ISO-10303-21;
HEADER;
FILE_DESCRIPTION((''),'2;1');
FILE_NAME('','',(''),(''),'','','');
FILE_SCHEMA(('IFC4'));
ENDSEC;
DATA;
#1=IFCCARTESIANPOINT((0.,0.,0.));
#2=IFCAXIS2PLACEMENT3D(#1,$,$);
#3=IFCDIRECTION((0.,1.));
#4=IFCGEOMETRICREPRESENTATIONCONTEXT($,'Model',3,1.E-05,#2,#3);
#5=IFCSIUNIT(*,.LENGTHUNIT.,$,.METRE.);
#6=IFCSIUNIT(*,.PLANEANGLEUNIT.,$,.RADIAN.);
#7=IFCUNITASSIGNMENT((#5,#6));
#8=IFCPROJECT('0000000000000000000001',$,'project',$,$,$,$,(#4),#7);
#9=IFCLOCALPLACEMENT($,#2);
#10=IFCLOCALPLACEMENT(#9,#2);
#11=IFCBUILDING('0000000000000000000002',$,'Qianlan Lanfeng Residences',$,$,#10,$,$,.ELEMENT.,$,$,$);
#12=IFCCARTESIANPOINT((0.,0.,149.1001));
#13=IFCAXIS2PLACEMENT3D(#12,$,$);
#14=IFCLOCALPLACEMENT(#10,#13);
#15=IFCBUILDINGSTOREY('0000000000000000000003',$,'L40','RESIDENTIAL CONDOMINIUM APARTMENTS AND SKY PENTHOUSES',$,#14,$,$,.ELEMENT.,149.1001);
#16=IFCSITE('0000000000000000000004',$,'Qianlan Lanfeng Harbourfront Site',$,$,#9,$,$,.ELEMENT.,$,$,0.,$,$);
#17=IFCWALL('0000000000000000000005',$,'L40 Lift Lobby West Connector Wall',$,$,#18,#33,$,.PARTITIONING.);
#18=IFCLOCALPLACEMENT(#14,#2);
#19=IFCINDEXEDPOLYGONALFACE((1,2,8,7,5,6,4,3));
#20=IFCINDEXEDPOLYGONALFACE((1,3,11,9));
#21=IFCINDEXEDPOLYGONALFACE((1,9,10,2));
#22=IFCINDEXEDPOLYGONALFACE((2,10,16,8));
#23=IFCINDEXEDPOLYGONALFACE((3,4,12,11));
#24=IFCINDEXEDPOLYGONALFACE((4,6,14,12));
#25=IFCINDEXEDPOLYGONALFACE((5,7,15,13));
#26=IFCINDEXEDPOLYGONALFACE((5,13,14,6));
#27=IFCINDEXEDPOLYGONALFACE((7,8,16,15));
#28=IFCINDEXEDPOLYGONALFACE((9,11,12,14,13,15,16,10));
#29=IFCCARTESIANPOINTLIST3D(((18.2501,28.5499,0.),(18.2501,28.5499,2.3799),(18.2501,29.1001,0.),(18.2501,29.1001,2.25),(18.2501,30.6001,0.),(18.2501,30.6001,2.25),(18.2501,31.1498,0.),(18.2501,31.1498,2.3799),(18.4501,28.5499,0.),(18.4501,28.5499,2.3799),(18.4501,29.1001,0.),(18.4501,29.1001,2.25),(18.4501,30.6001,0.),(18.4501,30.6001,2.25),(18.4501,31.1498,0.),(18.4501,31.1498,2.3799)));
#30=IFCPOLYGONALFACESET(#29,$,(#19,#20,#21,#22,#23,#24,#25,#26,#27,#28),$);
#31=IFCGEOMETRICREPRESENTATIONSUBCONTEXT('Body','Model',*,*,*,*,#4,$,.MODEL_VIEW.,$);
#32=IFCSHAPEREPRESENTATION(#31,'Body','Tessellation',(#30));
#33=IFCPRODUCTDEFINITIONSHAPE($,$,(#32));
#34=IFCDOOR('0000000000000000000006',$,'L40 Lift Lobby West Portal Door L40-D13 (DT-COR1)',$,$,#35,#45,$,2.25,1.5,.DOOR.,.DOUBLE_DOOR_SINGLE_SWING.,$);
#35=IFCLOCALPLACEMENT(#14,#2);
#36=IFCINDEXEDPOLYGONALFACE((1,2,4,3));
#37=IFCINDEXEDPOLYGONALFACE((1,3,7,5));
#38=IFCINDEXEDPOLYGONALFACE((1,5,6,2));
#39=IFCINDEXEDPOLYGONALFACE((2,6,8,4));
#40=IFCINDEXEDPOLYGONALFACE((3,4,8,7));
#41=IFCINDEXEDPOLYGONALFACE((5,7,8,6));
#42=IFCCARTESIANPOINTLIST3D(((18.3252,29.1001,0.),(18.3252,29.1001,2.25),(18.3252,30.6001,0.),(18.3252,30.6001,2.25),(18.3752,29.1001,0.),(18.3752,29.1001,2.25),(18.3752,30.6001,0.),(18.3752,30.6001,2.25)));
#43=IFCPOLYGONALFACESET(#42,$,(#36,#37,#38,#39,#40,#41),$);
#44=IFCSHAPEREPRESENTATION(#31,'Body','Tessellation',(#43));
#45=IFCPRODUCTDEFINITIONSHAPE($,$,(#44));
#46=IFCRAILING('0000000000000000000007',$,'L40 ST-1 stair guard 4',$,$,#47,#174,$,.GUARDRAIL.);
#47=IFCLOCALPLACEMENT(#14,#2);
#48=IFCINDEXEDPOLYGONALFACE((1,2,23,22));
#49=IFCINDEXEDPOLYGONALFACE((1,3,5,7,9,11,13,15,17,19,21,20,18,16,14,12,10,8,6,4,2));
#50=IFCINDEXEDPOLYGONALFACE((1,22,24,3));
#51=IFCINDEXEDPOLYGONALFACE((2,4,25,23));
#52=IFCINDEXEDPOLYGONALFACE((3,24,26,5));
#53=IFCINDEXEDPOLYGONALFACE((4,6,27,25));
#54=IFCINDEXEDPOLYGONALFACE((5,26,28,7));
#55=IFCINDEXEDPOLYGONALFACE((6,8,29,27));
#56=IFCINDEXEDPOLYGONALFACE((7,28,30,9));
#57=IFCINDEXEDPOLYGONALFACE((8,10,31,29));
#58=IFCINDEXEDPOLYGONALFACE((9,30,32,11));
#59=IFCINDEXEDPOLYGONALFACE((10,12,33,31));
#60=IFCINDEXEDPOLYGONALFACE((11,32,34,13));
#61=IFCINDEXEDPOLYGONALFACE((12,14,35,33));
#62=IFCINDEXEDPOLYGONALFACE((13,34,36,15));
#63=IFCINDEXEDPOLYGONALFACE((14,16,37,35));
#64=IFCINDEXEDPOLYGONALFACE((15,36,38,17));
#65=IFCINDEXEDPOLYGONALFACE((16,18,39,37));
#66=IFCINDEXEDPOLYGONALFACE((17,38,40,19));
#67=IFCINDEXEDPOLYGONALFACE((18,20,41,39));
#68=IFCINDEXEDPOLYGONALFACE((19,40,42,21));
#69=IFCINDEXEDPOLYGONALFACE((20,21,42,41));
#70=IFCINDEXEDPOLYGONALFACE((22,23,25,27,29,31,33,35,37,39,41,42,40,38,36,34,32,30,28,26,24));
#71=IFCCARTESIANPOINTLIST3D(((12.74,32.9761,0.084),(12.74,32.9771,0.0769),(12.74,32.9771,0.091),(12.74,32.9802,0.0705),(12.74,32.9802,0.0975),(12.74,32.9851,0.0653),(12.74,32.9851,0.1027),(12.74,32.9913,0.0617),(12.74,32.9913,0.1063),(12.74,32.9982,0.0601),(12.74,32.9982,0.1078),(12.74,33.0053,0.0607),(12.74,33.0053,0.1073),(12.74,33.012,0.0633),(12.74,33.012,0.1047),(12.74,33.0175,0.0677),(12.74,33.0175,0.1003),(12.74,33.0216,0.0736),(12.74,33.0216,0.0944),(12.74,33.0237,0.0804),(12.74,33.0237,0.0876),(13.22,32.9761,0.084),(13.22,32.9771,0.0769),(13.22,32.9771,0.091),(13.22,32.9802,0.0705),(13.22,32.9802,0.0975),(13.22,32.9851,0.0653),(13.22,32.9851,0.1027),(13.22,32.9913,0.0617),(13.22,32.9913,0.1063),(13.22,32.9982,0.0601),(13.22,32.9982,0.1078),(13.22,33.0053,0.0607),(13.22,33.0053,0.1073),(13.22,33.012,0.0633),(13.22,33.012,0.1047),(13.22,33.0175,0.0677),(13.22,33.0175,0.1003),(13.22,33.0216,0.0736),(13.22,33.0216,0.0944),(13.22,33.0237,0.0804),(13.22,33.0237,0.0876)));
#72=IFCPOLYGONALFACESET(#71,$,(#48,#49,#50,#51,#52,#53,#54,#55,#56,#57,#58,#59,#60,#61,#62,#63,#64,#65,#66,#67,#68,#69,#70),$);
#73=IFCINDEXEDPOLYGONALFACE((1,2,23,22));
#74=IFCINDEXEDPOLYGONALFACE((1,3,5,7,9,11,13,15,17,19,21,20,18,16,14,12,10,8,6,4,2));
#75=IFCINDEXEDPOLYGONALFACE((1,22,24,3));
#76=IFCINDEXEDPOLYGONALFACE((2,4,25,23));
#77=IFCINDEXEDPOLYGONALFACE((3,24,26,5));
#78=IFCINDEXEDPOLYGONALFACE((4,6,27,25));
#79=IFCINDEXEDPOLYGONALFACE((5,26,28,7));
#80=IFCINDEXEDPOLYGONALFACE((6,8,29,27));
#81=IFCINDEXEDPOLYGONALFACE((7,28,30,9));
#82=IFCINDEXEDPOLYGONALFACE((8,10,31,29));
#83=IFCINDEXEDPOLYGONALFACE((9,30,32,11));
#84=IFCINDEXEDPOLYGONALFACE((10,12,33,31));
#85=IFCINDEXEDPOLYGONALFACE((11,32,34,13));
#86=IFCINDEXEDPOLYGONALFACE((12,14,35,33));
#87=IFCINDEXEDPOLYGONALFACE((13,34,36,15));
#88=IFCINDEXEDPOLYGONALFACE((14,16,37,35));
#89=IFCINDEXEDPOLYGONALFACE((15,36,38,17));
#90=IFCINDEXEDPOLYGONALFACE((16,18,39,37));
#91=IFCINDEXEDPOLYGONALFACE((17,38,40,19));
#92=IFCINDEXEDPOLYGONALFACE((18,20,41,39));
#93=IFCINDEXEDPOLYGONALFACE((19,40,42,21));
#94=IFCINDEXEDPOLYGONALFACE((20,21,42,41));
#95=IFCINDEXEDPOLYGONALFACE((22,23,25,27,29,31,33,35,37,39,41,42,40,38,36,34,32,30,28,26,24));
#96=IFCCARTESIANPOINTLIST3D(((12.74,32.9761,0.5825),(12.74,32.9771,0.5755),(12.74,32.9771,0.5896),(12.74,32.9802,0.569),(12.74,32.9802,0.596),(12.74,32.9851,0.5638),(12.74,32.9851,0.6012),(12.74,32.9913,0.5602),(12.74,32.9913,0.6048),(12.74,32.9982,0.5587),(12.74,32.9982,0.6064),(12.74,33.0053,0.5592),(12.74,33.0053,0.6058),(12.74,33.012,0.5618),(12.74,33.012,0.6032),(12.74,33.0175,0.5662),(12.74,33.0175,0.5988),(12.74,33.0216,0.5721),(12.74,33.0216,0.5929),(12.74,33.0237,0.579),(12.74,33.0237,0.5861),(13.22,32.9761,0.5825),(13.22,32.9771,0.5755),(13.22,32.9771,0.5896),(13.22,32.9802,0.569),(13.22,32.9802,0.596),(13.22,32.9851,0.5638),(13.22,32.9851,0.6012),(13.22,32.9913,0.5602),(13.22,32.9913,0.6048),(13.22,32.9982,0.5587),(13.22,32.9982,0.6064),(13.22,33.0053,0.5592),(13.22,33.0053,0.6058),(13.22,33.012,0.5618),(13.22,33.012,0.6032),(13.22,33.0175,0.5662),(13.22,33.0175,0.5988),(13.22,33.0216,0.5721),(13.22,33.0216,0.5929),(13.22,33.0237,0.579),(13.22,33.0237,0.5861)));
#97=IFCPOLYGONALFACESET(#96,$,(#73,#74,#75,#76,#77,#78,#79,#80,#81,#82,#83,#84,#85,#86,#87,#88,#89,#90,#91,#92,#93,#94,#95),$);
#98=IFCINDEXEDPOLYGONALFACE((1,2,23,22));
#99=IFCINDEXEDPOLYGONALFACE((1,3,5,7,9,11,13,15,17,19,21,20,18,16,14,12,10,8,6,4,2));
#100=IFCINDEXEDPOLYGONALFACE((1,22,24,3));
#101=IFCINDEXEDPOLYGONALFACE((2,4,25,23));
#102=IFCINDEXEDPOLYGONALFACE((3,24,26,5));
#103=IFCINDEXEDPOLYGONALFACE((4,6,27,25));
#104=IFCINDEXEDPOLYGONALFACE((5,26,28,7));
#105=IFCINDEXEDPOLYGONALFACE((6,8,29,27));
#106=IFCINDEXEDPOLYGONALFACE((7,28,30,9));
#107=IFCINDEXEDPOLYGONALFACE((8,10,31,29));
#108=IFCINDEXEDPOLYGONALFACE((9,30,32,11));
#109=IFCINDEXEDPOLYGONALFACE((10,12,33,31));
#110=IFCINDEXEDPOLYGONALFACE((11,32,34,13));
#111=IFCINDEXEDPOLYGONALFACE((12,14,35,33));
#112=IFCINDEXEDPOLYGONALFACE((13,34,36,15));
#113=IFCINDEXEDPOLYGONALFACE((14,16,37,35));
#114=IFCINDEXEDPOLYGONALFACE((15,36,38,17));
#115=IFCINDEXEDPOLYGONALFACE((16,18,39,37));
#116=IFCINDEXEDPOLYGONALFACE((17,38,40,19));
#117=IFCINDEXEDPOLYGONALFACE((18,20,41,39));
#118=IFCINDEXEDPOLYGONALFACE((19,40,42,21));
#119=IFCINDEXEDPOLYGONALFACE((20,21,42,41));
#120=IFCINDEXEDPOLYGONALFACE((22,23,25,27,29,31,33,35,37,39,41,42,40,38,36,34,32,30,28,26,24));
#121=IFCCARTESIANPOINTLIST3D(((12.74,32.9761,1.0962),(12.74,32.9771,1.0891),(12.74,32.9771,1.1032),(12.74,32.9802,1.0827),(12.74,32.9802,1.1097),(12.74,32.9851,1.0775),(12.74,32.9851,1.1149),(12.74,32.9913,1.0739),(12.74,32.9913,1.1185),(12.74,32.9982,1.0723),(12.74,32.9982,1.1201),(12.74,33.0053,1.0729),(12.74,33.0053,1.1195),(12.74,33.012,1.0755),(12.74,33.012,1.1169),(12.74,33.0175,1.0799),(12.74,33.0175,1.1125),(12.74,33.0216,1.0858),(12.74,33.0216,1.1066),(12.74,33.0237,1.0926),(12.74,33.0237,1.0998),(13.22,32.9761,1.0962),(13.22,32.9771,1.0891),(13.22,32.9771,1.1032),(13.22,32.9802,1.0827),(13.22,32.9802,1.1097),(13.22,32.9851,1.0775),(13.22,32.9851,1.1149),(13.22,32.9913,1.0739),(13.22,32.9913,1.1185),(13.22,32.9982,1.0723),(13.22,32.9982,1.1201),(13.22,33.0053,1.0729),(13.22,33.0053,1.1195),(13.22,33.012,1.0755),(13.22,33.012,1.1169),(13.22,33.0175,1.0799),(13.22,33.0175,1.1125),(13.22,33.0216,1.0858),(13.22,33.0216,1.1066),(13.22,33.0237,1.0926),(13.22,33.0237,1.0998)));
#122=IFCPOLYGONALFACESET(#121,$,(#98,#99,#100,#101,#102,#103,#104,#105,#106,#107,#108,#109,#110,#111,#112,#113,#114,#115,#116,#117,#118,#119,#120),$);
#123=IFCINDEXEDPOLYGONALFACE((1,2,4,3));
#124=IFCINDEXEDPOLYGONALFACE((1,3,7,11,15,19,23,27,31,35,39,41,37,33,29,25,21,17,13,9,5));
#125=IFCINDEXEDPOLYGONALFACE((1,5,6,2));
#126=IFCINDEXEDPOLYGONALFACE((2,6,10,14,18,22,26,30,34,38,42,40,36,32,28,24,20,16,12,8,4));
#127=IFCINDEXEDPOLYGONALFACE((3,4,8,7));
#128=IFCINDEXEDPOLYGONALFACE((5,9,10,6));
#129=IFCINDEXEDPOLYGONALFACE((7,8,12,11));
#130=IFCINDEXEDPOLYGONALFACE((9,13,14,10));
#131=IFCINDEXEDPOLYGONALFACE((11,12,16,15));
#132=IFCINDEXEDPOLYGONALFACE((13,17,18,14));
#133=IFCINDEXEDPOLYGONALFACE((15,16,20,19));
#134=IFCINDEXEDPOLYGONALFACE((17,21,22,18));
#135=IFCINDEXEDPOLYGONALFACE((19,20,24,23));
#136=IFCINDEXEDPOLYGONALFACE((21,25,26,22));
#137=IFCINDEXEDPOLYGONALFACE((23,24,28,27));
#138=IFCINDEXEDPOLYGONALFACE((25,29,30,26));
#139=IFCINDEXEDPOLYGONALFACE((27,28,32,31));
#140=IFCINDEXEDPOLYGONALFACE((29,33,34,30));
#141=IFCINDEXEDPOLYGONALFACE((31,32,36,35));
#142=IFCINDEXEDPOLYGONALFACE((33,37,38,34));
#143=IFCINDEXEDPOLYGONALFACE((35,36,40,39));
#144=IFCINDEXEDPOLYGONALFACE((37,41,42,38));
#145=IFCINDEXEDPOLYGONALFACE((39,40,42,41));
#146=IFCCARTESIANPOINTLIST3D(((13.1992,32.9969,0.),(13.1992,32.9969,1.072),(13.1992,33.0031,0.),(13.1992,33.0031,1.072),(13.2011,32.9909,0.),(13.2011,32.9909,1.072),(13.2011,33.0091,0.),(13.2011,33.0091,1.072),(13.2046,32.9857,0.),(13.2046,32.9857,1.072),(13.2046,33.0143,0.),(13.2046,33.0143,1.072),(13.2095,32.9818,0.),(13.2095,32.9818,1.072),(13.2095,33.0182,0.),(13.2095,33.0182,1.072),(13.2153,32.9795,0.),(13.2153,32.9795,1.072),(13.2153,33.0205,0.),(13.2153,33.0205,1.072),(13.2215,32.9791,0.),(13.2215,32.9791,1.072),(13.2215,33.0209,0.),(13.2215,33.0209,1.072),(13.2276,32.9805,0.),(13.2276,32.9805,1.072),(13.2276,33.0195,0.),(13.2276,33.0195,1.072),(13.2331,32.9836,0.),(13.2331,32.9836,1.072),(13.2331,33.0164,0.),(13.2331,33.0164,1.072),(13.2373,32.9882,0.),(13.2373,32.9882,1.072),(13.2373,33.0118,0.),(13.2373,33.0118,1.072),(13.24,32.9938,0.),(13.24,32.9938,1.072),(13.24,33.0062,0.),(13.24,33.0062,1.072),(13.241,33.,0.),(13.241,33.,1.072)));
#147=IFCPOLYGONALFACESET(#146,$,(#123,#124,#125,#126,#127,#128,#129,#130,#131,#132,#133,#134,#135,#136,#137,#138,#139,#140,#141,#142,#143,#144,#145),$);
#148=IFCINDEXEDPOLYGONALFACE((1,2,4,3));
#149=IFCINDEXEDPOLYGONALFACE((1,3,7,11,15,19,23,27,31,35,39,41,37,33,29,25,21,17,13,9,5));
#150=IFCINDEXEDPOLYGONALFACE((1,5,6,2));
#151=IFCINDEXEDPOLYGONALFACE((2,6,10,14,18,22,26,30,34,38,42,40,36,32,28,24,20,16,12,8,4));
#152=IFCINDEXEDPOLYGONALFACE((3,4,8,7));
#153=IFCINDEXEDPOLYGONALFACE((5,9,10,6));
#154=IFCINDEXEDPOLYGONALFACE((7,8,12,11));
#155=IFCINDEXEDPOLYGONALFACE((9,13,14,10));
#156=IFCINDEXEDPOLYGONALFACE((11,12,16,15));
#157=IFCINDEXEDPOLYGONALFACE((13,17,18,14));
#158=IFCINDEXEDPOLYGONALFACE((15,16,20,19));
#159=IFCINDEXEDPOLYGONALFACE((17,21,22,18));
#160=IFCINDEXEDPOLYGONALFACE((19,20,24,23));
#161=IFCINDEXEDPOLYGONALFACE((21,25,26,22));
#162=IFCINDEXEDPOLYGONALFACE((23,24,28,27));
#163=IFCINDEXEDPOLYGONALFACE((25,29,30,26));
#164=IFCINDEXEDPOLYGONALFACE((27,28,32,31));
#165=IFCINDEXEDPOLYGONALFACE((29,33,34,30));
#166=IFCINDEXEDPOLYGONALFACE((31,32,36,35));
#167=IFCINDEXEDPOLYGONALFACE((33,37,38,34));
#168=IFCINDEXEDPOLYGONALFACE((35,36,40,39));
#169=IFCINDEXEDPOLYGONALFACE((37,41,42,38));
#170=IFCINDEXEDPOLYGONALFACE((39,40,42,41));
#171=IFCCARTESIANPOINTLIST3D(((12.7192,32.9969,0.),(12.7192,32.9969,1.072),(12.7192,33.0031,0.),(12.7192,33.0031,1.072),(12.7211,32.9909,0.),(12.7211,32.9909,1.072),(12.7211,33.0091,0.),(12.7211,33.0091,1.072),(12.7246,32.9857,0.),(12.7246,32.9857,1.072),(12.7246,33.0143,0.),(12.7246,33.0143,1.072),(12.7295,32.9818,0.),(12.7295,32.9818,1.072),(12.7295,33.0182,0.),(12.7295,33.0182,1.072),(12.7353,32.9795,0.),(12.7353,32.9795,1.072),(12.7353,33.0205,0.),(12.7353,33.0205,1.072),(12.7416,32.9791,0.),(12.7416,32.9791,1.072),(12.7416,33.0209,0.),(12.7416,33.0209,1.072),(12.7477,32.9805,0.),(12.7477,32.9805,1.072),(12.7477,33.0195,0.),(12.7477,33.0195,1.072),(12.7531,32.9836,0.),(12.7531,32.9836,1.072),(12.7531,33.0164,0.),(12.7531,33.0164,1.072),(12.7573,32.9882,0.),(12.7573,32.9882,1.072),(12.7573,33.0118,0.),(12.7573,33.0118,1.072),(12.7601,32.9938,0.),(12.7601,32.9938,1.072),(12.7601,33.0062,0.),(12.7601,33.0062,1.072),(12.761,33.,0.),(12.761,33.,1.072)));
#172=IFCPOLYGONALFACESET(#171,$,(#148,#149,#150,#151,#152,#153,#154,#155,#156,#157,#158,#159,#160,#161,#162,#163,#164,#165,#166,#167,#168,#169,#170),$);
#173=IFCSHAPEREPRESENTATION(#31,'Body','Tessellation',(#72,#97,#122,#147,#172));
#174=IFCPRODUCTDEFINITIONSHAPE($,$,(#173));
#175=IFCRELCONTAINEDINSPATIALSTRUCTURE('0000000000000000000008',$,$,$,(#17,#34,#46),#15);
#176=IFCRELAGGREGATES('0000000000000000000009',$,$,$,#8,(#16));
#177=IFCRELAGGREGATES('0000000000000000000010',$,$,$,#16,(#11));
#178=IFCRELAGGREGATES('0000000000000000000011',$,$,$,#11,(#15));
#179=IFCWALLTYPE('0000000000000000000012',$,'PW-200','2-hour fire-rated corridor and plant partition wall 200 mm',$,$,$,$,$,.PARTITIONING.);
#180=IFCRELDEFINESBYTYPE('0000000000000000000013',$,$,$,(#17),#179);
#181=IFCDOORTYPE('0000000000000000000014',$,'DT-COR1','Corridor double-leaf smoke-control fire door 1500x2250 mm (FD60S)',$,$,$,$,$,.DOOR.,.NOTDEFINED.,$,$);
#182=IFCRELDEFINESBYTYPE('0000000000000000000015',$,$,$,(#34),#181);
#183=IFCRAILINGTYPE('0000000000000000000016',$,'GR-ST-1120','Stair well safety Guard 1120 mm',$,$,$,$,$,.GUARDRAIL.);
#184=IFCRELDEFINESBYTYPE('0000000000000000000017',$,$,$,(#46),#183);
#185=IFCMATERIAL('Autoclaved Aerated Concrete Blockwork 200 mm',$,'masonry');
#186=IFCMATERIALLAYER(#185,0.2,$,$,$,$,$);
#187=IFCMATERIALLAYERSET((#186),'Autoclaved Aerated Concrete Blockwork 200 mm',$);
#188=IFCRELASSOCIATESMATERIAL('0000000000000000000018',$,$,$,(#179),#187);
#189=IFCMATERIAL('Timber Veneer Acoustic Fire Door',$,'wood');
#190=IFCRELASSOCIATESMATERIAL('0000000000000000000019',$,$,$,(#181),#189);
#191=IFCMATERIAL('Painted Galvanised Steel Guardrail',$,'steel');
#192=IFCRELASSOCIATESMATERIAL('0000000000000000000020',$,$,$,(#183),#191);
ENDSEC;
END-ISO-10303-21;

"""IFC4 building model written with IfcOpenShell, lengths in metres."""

from ifc_helpers import new_model, si_unit, direction, frame, frame_2d, origin, origin_2d, place, context, subcontext, project, spatial, rectangle, circle, extrude, material, layer, layer_set, type_object, element, fill, save


model = new_model("IFC4")

# Units and contexts
model_context = context("Model", 3, precision=1e-05, world=origin(), true_north=direction((0.0, 1.0)))
body_context = subcontext(model_context, "Body", "Model", "MODEL_VIEW")
ifc_project = project(units=[si_unit("LENGTHUNIT", "METRE"), si_unit("PLANEANGLEUNIT", "RADIAN")], contexts=[model_context])

# Site, building, storey
site_placement = place(None, origin())
site = spatial("IfcSite", under=ifc_project, at=site_placement, Name="Qianlan Lanfeng Harbourfront Site", CompositionType="ELEMENT", RefElevation=0.0)
building_placement = place(site_placement, origin())
building = spatial("IfcBuilding", under=site, at=building_placement, Name="Qianlan Lanfeng Residences", CompositionType="ELEMENT")
storey_placement = place(building_placement, frame((0.0, 0.0, 149.1001)))
storey = spatial("IfcBuildingStorey", under=building, at=storey_placement, Name="L40", Description="RESIDENTIAL CONDOMINIUM APARTMENTS AND SKY PENTHOUSES", CompositionType="ELEMENT", Elevation=149.1001)

# Wall, opening, door
ifc_material_1 = material(Name="Autoclaved Aerated Concrete Blockwork 200 mm", Category="masonry")
ifc_layer_1 = layer(ifc_material_1, 0.2)
ifc_layer_set_1 = layer_set([ifc_layer_1], Name="Autoclaved Aerated Concrete Blockwork 200 mm")
wall_type_1 = type_object("IfcWallType", Name="PW-200", Description="2-hour fire-rated corridor and plant partition wall 200 mm", PredefinedType="PARTITIONING", material=ifc_layer_set_1)
wall_1_placement = place(storey_placement, frame((18.3501, 28.55, 0.0), z_axis=(0.0, 0.0, 1.0), x_axis=(0.0, 1.0, 0.0)))
wall_1 = element("IfcWall", 1, at=wall_1_placement, inside=storey, type_object=wall_type_1, Name="L40 Lift Lobby West Connector Wall", PredefinedType="PARTITIONING", context=body_context, shape_type="SweptSolid", body=[
    extrude(rectangle(XDim=2.5999, YDim=0.2, at=frame_2d((1.2998, 0.0))), origin(), (0.0, 0.0, 1.0), 2.3799),
])
opening_1_placement = place(wall_1_placement, frame((0.55, 0.0, 0.0)))
opening_1 = element("IfcOpeningElement", 2, at=opening_1_placement, cuts=wall_1, PredefinedType="OPENING", context=body_context, shape_type="SweptSolid", body=[
    extrude(rectangle(XDim=1.5, YDim=2.25, at=frame_2d((0.75, 1.125))), frame((0.0, 0.1099, 0.0), z_axis=(0.0, -1.0, 0.0), x_axis=(1.0, 0.0, 0.0)), (0.0, 0.0, 1.0), 0.22),
])
ifc_material_2 = material(Name="Timber Veneer Acoustic Fire Door", Category="wood")
door_type_1 = type_object("IfcDoorType", Name="DT-COR1", Description="Corridor double-leaf smoke-control fire door 1500x2250 mm (FD60S)", OperationType="NOTDEFINED", PredefinedType="DOOR", material=ifc_material_2)
door_1_placement = place(opening_1_placement, origin())
door_1 = element("IfcDoor", 3, at=door_1_placement, inside=storey, type_object=door_type_1, Name="L40 Lift Lobby West Portal Door L40-D13 (DT-COR1)", OperationType="DOUBLE_DOOR_SINGLE_SWING", OverallHeight=2.25, OverallWidth=1.5, PredefinedType="DOOR", context=body_context, shape_type="SweptSolid", body=[
    extrude(rectangle(XDim=1.5, YDim=2.25, at=frame_2d((0.75, 1.125))), frame((0.0, 0.0249, 0.0), z_axis=(0.0, -1.0, 0.0), x_axis=(1.0, 0.0, 0.0)), (0.0, 0.0, 1.0), 0.05),
])
fill(opening_1, door_1)

# Railing
ifc_material_3 = material(Name="Painted Galvanised Steel Guardrail", Category="steel")
railing_type = type_object("IfcRailingType", Name="GR-ST-1120", Description="Stair well safety Guard 1120 mm", PredefinedType="GUARDRAIL", material=ifc_material_3)
railing_placement = place(storey_placement, frame((13.22, 33.0, 0.0)))
element("IfcRailing", 4, at=railing_placement, inside=storey, type_object=railing_type, Name="L40 ST-1 stair guard 4", PredefinedType="GUARDRAIL", context=body_context, shape_type="SweptSolid", body=[
    extrude(circle(Radius=0.0239, at=origin_2d()), frame((0.0, 0.0, 0.084), z_axis=(-1.0, 0.0, 0.0), x_axis=(0.0, -1.0, 0.0)), (0.0, 0.0, 1.0), 0.48),
    extrude(circle(Radius=0.0239, at=origin_2d()), frame((0.0, 0.0, 0.5825), z_axis=(-1.0, 0.0, 0.0), x_axis=(0.0, -1.0, 0.0)), (0.0, 0.0, 1.0), 0.48),
    extrude(circle(Radius=0.0239, at=origin_2d()), frame((0.0, 0.0, 1.0962), z_axis=(-1.0, 0.0, 0.0), x_axis=(0.0, -1.0, 0.0)), (0.0, 0.0, 1.0), 0.48),
    extrude(circle(Radius=0.021, at=origin_2d()), origin(), (0.0, 0.0, 1.0), 1.072),
    extrude(circle(Radius=0.021, at=origin_2d()), frame((-0.48, 0.0, 0.0)), (0.0, 0.0, 1.0), 1.072),
])

save(model, "model.ifc")
